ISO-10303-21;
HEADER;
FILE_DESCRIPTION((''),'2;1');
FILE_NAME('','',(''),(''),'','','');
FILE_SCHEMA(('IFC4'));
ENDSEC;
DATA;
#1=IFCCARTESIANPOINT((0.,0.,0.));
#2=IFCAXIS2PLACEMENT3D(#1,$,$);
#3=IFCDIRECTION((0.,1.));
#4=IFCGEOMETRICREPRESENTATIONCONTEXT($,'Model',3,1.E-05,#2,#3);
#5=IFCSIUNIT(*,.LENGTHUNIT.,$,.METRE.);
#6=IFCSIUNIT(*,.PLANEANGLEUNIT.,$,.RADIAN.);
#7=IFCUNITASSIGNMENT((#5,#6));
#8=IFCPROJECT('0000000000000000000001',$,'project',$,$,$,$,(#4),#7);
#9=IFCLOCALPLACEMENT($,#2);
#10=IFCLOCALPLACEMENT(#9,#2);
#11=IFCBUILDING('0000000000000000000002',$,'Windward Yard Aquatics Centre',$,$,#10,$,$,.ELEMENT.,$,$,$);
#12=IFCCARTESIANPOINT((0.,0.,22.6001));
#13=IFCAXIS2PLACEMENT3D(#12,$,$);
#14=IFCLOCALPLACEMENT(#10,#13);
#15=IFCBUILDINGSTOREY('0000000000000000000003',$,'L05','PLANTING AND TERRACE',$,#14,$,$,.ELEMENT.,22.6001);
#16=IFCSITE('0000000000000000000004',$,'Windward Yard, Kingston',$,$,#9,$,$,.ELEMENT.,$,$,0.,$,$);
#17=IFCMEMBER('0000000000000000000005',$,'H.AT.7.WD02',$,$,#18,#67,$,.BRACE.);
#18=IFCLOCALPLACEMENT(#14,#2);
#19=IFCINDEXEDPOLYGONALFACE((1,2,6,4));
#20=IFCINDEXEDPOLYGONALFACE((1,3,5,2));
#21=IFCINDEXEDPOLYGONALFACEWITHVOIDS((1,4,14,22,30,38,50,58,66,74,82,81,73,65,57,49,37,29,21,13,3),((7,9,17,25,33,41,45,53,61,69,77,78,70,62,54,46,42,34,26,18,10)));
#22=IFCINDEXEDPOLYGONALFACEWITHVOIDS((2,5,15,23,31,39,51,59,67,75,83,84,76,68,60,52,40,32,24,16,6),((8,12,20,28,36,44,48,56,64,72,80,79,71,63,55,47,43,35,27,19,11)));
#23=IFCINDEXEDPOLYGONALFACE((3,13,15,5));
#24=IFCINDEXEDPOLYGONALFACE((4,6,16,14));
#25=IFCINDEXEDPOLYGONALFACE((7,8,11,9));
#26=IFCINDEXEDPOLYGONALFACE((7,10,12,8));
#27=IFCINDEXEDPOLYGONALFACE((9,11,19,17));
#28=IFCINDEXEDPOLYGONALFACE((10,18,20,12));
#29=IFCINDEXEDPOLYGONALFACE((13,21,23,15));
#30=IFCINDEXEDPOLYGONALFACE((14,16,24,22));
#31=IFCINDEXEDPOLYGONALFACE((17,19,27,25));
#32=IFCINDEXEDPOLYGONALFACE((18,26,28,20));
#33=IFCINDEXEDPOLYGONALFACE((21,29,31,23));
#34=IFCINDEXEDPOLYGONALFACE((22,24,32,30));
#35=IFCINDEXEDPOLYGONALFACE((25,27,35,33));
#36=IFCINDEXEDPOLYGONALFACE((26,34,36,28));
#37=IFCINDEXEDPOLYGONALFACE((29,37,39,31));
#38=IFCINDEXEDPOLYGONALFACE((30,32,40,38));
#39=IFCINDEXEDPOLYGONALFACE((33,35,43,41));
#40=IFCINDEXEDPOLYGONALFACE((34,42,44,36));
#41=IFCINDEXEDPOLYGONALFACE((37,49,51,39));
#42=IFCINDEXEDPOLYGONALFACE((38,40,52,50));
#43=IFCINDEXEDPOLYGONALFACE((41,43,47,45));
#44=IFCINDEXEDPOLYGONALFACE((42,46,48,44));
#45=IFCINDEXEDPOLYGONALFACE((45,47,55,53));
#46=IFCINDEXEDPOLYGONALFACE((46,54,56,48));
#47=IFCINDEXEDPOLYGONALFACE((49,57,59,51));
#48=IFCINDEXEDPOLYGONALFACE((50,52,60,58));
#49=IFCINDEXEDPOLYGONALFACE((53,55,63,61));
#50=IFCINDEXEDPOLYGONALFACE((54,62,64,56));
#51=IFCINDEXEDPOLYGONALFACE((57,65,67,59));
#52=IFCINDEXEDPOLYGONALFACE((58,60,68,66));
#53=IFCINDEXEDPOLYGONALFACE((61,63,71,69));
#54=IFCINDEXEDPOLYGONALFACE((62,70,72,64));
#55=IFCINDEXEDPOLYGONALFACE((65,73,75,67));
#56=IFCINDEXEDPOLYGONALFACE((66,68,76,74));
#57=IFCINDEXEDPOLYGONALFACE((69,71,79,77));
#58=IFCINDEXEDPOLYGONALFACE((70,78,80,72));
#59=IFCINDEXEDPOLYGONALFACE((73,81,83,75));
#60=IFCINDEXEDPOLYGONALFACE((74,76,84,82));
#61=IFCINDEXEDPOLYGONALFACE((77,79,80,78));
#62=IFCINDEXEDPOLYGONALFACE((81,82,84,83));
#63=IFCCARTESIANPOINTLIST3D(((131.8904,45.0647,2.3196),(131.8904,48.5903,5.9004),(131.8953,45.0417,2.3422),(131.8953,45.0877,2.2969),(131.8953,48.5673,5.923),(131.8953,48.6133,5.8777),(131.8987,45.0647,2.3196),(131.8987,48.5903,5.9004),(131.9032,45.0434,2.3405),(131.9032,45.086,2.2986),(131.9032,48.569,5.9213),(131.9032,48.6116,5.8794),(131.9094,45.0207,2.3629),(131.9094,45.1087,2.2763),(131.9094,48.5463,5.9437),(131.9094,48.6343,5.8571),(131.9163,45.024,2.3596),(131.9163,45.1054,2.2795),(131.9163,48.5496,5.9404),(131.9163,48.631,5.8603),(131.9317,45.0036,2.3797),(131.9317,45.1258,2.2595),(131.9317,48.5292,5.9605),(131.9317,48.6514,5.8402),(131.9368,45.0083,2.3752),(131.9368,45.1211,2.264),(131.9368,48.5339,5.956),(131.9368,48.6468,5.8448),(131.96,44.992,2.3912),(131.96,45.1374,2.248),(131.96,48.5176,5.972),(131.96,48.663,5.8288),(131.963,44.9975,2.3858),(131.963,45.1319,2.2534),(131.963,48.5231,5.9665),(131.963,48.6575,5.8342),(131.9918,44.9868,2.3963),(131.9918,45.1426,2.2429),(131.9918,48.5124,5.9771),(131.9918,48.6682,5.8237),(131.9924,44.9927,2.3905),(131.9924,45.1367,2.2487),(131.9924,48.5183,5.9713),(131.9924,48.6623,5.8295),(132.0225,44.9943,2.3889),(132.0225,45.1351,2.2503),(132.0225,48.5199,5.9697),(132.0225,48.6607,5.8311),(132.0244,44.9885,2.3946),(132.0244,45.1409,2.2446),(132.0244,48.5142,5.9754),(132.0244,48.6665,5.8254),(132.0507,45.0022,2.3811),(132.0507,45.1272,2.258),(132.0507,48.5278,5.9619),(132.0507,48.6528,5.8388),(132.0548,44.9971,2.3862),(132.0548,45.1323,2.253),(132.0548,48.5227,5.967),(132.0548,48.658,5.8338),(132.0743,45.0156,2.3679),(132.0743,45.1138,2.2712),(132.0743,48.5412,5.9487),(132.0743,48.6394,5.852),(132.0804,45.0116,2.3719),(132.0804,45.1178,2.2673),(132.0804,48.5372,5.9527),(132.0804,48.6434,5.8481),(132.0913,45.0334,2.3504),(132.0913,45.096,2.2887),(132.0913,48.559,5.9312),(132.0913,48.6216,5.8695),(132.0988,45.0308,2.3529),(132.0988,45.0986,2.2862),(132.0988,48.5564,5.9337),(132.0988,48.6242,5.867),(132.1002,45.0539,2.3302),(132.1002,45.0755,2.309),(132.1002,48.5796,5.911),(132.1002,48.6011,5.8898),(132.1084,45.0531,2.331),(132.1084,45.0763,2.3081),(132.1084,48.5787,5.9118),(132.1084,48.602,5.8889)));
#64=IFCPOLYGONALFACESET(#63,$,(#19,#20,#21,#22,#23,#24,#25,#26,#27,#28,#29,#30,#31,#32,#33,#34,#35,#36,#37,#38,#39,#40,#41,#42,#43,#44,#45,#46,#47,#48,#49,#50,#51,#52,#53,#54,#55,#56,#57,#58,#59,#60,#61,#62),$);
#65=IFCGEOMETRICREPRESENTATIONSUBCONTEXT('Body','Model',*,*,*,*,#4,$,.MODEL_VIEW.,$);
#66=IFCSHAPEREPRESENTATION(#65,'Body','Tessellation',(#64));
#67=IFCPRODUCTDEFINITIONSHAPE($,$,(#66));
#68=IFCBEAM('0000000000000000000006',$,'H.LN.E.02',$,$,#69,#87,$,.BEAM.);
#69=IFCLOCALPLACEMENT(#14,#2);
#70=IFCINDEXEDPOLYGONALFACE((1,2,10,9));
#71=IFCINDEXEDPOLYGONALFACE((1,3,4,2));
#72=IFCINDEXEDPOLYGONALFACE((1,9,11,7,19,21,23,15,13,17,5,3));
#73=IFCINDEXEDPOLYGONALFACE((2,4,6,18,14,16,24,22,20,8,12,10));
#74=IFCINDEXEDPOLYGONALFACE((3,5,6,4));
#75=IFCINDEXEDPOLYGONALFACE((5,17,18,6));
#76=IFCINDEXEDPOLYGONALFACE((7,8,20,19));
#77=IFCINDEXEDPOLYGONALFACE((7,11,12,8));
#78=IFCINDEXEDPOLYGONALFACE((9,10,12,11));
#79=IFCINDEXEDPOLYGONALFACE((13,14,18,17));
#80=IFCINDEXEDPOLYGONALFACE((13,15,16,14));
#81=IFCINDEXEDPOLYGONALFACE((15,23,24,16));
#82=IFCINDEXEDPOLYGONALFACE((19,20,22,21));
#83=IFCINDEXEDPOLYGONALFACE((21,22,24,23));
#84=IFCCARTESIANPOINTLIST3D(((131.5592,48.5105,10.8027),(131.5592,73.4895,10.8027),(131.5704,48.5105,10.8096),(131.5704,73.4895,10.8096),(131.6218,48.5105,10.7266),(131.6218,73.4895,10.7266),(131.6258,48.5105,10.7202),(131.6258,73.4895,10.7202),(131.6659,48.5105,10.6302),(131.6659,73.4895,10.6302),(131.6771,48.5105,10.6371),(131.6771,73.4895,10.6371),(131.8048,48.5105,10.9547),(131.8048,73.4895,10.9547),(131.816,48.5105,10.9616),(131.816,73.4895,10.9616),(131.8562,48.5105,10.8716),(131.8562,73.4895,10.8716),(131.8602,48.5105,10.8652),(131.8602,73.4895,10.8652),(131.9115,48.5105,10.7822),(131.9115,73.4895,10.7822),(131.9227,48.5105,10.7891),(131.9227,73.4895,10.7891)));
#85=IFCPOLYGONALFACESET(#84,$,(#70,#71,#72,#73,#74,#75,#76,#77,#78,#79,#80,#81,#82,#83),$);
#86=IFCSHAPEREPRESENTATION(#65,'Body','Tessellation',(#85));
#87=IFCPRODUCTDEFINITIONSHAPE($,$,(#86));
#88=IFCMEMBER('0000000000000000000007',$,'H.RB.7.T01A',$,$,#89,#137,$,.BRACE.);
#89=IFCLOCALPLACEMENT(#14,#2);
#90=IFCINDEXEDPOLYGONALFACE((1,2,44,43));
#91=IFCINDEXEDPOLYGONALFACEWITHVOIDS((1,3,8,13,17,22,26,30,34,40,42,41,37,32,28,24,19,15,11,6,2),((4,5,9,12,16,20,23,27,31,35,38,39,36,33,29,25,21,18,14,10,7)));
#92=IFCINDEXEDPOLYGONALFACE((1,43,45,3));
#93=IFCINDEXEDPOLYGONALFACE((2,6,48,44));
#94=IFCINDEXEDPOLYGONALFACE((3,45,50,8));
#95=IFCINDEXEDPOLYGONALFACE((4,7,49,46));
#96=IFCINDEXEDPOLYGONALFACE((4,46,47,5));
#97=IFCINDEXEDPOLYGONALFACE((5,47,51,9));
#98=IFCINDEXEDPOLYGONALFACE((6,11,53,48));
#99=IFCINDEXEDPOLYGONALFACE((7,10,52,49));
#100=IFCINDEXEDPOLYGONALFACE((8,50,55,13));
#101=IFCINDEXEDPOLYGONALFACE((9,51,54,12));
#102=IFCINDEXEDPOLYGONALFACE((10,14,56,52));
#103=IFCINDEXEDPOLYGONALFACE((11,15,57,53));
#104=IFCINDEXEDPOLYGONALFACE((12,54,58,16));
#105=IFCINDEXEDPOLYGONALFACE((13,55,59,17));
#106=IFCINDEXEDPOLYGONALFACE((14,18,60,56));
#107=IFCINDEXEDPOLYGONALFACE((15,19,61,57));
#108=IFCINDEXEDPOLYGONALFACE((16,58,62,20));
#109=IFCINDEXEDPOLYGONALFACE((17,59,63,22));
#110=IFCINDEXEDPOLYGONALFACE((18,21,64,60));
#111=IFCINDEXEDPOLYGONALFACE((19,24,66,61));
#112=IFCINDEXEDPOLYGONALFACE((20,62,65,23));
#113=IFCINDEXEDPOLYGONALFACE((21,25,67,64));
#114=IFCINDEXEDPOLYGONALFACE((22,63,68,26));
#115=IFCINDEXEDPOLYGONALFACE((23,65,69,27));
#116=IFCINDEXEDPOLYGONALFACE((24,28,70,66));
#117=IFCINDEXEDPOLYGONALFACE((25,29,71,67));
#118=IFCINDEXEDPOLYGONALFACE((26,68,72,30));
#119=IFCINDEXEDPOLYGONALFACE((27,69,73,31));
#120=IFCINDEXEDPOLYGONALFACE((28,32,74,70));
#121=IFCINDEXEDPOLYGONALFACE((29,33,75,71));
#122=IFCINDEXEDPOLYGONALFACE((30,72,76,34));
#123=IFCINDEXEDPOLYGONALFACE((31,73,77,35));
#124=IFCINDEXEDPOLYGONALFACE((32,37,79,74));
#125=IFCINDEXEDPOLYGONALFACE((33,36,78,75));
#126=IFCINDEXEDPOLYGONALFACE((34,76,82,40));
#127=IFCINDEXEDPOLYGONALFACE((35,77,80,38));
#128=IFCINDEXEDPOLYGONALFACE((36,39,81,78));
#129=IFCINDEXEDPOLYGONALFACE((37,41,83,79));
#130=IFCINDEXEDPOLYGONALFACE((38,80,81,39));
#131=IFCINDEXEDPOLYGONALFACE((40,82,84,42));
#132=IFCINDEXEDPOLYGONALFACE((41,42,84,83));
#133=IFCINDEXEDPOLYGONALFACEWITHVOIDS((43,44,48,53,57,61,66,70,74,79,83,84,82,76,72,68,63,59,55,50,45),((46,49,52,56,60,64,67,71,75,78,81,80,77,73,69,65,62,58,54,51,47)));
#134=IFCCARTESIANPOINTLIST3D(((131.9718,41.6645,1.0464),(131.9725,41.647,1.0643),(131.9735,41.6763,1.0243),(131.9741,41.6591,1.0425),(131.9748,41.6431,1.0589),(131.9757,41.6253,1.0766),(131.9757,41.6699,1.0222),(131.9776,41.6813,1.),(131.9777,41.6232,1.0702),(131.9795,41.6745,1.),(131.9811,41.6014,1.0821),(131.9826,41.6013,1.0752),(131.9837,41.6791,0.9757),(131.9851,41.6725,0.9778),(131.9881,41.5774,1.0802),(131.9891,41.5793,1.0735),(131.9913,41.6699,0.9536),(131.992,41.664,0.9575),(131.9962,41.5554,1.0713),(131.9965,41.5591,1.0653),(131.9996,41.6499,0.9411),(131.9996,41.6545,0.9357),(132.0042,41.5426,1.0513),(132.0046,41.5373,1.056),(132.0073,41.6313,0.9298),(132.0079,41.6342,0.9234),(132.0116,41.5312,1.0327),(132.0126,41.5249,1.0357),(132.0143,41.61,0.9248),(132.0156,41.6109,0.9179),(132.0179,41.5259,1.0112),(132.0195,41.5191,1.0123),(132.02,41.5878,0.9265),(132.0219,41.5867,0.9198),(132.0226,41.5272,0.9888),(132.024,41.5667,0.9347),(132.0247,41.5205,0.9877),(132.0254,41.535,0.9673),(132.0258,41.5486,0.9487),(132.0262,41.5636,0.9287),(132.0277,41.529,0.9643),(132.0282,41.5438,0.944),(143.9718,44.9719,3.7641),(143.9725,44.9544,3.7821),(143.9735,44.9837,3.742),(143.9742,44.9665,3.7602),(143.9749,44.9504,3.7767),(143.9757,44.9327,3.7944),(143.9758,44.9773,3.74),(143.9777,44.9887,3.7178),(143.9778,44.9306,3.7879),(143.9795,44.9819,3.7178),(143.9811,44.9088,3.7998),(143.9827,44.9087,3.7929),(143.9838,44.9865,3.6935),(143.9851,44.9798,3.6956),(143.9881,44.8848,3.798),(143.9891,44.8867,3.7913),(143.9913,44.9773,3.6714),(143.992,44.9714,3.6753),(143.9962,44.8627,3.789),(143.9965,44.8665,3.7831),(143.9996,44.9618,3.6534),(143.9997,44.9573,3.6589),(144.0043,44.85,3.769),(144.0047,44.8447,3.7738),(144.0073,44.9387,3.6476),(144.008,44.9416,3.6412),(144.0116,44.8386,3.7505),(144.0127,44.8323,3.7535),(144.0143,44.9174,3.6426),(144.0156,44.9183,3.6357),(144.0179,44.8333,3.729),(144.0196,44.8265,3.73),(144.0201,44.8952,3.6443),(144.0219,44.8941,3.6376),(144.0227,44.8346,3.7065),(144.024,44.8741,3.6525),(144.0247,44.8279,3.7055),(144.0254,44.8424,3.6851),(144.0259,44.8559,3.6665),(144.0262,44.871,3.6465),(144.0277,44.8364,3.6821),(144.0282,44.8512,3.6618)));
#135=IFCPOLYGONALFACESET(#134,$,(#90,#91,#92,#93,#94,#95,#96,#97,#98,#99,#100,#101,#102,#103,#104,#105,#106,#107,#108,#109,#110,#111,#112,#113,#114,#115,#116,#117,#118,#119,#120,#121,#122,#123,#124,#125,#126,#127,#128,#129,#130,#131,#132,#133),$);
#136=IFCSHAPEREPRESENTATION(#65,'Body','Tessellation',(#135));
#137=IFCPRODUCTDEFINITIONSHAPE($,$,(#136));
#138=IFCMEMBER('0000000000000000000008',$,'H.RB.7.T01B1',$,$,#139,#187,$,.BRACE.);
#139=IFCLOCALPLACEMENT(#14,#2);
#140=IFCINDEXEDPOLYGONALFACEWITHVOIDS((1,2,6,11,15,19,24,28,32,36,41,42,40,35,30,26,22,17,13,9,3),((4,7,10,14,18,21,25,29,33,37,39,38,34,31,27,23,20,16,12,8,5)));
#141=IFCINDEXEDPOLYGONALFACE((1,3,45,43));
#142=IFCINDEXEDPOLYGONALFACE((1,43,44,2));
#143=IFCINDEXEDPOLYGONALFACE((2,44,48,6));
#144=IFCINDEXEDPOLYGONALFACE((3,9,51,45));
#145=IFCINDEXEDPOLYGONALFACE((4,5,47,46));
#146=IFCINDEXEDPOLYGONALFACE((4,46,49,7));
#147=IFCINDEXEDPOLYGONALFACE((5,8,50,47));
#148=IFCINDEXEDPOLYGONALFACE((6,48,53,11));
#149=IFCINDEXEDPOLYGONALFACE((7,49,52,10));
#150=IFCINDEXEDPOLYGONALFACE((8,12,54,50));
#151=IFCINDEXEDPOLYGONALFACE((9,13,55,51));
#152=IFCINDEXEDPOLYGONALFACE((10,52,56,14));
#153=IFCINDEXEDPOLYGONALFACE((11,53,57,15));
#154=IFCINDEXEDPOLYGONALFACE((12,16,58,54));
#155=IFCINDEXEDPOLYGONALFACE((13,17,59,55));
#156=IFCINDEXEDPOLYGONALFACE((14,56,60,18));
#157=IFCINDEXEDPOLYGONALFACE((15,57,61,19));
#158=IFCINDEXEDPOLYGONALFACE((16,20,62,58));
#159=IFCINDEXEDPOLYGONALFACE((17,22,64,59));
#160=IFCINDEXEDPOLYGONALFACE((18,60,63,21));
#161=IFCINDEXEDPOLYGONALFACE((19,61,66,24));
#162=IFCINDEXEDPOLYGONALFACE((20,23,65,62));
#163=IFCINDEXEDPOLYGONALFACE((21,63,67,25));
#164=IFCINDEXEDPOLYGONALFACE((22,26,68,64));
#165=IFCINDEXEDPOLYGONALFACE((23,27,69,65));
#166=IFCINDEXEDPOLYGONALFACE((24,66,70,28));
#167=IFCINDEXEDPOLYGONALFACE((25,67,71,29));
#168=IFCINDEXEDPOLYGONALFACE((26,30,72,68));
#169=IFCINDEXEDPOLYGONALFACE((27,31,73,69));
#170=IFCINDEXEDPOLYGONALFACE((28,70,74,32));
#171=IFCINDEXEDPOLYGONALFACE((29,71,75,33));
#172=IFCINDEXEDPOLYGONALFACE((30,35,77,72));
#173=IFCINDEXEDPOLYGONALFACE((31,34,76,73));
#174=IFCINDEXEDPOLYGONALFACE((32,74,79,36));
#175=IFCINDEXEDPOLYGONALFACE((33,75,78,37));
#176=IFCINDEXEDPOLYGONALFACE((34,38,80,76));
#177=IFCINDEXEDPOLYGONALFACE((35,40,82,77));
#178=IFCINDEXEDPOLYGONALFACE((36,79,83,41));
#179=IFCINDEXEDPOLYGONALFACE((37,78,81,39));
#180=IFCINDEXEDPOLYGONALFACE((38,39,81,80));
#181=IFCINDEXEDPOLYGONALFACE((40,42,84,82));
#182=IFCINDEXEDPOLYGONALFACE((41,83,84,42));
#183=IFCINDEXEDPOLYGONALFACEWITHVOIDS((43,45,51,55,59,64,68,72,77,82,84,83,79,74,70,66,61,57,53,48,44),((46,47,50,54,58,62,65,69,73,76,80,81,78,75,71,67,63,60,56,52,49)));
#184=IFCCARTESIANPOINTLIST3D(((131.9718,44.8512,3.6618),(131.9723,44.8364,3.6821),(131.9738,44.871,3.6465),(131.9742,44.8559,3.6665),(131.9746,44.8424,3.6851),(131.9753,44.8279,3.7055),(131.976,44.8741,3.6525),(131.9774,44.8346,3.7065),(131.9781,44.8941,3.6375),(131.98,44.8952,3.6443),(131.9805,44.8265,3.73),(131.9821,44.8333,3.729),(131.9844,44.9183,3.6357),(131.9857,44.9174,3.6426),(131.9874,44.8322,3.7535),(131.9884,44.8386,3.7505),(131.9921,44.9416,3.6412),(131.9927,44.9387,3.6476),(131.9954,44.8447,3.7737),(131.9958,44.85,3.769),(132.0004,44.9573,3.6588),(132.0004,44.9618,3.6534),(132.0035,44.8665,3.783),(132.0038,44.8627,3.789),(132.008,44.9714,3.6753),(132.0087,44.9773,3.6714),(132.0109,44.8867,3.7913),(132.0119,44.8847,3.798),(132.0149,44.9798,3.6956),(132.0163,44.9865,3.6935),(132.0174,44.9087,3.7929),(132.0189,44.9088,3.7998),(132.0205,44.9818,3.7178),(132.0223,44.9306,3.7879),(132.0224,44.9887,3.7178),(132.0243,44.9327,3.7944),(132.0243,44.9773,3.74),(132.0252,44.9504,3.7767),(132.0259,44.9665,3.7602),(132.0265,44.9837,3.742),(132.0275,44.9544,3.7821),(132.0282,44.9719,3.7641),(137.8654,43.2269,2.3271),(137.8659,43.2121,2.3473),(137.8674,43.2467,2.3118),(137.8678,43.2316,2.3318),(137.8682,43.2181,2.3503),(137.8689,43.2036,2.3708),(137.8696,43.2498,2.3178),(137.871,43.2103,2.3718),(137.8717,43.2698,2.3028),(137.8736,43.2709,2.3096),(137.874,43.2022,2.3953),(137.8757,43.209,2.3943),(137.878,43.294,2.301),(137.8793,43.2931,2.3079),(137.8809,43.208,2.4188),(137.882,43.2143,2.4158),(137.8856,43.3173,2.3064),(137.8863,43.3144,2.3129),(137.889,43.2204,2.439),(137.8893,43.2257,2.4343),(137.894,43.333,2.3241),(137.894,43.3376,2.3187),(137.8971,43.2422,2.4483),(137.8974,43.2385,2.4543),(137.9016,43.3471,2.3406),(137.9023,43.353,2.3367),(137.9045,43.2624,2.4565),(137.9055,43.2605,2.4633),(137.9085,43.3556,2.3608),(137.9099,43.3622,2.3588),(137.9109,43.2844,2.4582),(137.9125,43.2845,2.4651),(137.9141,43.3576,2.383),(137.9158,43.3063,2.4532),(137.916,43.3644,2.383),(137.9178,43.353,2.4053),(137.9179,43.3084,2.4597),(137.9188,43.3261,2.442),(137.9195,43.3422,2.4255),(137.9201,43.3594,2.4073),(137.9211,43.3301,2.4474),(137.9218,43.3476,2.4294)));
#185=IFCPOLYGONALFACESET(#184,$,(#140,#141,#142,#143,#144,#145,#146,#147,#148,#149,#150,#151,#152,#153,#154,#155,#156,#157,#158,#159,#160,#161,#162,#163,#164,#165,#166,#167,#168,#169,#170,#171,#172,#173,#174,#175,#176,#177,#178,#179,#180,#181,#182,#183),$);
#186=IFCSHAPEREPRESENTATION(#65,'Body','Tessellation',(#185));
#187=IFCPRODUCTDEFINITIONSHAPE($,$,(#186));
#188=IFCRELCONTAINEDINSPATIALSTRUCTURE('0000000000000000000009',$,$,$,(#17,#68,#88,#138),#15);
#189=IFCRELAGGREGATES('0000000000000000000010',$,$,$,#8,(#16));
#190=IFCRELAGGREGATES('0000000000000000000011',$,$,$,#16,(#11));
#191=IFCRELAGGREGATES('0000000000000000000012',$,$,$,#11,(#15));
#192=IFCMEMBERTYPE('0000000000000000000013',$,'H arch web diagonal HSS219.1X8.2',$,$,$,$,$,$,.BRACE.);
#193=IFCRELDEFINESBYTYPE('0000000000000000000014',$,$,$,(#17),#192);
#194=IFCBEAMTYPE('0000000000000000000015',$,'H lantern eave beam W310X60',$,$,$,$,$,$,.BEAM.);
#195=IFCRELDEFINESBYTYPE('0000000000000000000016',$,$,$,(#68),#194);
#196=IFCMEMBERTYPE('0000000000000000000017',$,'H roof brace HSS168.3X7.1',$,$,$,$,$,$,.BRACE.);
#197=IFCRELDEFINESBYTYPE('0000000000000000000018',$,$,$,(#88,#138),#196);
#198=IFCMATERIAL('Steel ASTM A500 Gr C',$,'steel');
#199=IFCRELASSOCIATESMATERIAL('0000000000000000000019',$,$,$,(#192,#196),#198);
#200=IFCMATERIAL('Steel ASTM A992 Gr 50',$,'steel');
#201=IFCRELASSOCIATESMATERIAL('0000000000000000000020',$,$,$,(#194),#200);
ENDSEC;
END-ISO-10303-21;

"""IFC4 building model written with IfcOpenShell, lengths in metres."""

from ifc_helpers import new_model, si_unit, direction, frame, origin, origin_2d, place, context, subcontext, project, spatial, hollow_circle, i_section, extrude, material, material_profile, profile_set, type_object, element, save


model = new_model("IFC4")

# Units and contexts
model_context = context("Model", 3, precision=1e-05, world=origin(), true_north=direction((0.0, 1.0)))
body_context = subcontext(model_context, "Body", "Model", "MODEL_VIEW")
ifc_project = project(units=[si_unit("LENGTHUNIT", "METRE"), si_unit("PLANEANGLEUNIT", "RADIAN")], contexts=[model_context])

# Site, building, storey
site_placement = place(None, origin())
site = spatial("IfcSite", under=ifc_project, at=site_placement, Name="Windward Yard, Kingston", CompositionType="ELEMENT", RefElevation=0.0)
building_placement = place(site_placement, origin())
building = spatial("IfcBuilding", under=site, at=building_placement, Name="Windward Yard Aquatics Centre", CompositionType="ELEMENT")
storey_placement = place(building_placement, frame((0.0, 0.0, 22.6001)))
storey = spatial("IfcBuildingStorey", under=building, at=storey_placement, Name="L05", Description="PLANTING AND TERRACE", CompositionType="ELEMENT", Elevation=22.6001)

# Member
ifc_material_1 = material(Name="Steel ASTM A500 Gr C", Category="steel")
ifc_material_profile_1 = material_profile(ifc_material_1, hollow_circle(Radius=0.1096, WallThickness=0.0083, at=origin_2d()), Name="HSS219.1X8.2")
ifc_profile_set_1 = profile_set([ifc_material_profile_1], Name="Steel ASTM A500 Gr C")
member_type_1 = type_object("IfcMemberType", Name="H arch web diagonal HSS219.1X8.2", PredefinedType="BRACE", material=ifc_profile_set_1)
member_1_placement = place(storey_placement, frame((132.0, 45.0647, 2.3196), z_axis=(0.0, 0.701596, 0.712575), x_axis=(-1.0, 0.0, 0.0)))
element("IfcMember", 1, at=member_1_placement, inside=storey, type_object=member_type_1, Name="H.AT.7.WD02", PredefinedType="BRACE", context=body_context, shape_type="SweptSolid", body=[
    extrude(hollow_circle(Radius=0.1096, WallThickness=0.0083, at=origin_2d()), origin(), (0.0, 0.0, 1.0), 5.0251),
])

# Beam
ifc_material_2 = material(Name="Steel ASTM A992 Gr 50", Category="steel")
ifc_material_profile_2 = material_profile(ifc_material_2, i_section(OverallWidth=0.2029, OverallDepth=0.302, WebThickness=0.0076, FlangeThickness=0.0132, at=origin_2d()), Name="W310X60")
ifc_profile_set_2 = profile_set([ifc_material_profile_2], Name="Steel ASTM A992 Gr 50")
beam_type = type_object("IfcBeamType", Name="H lantern eave beam W310X60", PredefinedType="BEAM", material=ifc_profile_set_2)
beam_placement = place(storey_placement, frame((131.741, 48.5105, 10.7959), z_axis=(0.0, 1.0, 0.0), x_axis=(-0.526172, 0.0, 0.850378)))
element("IfcBeam", 2, at=beam_placement, inside=storey, type_object=beam_type, Name="H.LN.E.02", PredefinedType="BEAM", context=body_context, shape_type="SweptSolid", body=[
    extrude(i_section(OverallWidth=0.2029, OverallDepth=0.302, WebThickness=0.0076, FlangeThickness=0.0132, at=origin_2d()), origin(), (0.0, 0.0, 1.0), 24.979),
])

# Members
ifc_material_profile_3 = material_profile(ifc_material_1, hollow_circle(Radius=0.0842, WallThickness=0.0071, at=origin_2d()), Name="HSS168.3X7.1")
ifc_profile_set_3 = profile_set([ifc_material_profile_3], Name="Steel ASTM A500 Gr C")
member_type_2 = type_object("IfcMemberType", Name="H roof brace HSS168.3X7.1", PredefinedType="BRACE", material=ifc_profile_set_3)
member_2_placement = place(storey_placement, frame((132.0, 41.6001, 1.0), z_axis=(0.941865, 0.259591, 0.213315), x_axis=(-0.265707, 0.964054, 0.0)))
element("IfcMember", 3, at=member_2_placement, inside=storey, type_object=member_type_2, Name="H.RB.7.T01A", PredefinedType="BRACE", context=body_context, shape_type="SweptSolid", body=[
    extrude(hollow_circle(Radius=0.0842, WallThickness=0.0071, at=origin_2d()), origin(), (0.0, 0.0, 1.0), 12.7407),
])
member_3_placement = place(storey_placement, frame((132.0, 44.9075, 3.7178), z_axis=(0.94187, -0.25958, -0.213306), x_axis=(0.265695, 0.964057, 0.0)))
element("IfcMember", 4, at=member_3_placement, inside=storey, type_object=member_type_2, Name="H.RB.7.T01B1", PredefinedType="BRACE", context=body_context, shape_type="SweptSolid", body=[
    extrude(hollow_circle(Radius=0.0842, WallThickness=0.0071, at=origin_2d()), origin(), (0.0, 0.0, 1.0), 6.2573),
])

save(model, "model.ifc")
